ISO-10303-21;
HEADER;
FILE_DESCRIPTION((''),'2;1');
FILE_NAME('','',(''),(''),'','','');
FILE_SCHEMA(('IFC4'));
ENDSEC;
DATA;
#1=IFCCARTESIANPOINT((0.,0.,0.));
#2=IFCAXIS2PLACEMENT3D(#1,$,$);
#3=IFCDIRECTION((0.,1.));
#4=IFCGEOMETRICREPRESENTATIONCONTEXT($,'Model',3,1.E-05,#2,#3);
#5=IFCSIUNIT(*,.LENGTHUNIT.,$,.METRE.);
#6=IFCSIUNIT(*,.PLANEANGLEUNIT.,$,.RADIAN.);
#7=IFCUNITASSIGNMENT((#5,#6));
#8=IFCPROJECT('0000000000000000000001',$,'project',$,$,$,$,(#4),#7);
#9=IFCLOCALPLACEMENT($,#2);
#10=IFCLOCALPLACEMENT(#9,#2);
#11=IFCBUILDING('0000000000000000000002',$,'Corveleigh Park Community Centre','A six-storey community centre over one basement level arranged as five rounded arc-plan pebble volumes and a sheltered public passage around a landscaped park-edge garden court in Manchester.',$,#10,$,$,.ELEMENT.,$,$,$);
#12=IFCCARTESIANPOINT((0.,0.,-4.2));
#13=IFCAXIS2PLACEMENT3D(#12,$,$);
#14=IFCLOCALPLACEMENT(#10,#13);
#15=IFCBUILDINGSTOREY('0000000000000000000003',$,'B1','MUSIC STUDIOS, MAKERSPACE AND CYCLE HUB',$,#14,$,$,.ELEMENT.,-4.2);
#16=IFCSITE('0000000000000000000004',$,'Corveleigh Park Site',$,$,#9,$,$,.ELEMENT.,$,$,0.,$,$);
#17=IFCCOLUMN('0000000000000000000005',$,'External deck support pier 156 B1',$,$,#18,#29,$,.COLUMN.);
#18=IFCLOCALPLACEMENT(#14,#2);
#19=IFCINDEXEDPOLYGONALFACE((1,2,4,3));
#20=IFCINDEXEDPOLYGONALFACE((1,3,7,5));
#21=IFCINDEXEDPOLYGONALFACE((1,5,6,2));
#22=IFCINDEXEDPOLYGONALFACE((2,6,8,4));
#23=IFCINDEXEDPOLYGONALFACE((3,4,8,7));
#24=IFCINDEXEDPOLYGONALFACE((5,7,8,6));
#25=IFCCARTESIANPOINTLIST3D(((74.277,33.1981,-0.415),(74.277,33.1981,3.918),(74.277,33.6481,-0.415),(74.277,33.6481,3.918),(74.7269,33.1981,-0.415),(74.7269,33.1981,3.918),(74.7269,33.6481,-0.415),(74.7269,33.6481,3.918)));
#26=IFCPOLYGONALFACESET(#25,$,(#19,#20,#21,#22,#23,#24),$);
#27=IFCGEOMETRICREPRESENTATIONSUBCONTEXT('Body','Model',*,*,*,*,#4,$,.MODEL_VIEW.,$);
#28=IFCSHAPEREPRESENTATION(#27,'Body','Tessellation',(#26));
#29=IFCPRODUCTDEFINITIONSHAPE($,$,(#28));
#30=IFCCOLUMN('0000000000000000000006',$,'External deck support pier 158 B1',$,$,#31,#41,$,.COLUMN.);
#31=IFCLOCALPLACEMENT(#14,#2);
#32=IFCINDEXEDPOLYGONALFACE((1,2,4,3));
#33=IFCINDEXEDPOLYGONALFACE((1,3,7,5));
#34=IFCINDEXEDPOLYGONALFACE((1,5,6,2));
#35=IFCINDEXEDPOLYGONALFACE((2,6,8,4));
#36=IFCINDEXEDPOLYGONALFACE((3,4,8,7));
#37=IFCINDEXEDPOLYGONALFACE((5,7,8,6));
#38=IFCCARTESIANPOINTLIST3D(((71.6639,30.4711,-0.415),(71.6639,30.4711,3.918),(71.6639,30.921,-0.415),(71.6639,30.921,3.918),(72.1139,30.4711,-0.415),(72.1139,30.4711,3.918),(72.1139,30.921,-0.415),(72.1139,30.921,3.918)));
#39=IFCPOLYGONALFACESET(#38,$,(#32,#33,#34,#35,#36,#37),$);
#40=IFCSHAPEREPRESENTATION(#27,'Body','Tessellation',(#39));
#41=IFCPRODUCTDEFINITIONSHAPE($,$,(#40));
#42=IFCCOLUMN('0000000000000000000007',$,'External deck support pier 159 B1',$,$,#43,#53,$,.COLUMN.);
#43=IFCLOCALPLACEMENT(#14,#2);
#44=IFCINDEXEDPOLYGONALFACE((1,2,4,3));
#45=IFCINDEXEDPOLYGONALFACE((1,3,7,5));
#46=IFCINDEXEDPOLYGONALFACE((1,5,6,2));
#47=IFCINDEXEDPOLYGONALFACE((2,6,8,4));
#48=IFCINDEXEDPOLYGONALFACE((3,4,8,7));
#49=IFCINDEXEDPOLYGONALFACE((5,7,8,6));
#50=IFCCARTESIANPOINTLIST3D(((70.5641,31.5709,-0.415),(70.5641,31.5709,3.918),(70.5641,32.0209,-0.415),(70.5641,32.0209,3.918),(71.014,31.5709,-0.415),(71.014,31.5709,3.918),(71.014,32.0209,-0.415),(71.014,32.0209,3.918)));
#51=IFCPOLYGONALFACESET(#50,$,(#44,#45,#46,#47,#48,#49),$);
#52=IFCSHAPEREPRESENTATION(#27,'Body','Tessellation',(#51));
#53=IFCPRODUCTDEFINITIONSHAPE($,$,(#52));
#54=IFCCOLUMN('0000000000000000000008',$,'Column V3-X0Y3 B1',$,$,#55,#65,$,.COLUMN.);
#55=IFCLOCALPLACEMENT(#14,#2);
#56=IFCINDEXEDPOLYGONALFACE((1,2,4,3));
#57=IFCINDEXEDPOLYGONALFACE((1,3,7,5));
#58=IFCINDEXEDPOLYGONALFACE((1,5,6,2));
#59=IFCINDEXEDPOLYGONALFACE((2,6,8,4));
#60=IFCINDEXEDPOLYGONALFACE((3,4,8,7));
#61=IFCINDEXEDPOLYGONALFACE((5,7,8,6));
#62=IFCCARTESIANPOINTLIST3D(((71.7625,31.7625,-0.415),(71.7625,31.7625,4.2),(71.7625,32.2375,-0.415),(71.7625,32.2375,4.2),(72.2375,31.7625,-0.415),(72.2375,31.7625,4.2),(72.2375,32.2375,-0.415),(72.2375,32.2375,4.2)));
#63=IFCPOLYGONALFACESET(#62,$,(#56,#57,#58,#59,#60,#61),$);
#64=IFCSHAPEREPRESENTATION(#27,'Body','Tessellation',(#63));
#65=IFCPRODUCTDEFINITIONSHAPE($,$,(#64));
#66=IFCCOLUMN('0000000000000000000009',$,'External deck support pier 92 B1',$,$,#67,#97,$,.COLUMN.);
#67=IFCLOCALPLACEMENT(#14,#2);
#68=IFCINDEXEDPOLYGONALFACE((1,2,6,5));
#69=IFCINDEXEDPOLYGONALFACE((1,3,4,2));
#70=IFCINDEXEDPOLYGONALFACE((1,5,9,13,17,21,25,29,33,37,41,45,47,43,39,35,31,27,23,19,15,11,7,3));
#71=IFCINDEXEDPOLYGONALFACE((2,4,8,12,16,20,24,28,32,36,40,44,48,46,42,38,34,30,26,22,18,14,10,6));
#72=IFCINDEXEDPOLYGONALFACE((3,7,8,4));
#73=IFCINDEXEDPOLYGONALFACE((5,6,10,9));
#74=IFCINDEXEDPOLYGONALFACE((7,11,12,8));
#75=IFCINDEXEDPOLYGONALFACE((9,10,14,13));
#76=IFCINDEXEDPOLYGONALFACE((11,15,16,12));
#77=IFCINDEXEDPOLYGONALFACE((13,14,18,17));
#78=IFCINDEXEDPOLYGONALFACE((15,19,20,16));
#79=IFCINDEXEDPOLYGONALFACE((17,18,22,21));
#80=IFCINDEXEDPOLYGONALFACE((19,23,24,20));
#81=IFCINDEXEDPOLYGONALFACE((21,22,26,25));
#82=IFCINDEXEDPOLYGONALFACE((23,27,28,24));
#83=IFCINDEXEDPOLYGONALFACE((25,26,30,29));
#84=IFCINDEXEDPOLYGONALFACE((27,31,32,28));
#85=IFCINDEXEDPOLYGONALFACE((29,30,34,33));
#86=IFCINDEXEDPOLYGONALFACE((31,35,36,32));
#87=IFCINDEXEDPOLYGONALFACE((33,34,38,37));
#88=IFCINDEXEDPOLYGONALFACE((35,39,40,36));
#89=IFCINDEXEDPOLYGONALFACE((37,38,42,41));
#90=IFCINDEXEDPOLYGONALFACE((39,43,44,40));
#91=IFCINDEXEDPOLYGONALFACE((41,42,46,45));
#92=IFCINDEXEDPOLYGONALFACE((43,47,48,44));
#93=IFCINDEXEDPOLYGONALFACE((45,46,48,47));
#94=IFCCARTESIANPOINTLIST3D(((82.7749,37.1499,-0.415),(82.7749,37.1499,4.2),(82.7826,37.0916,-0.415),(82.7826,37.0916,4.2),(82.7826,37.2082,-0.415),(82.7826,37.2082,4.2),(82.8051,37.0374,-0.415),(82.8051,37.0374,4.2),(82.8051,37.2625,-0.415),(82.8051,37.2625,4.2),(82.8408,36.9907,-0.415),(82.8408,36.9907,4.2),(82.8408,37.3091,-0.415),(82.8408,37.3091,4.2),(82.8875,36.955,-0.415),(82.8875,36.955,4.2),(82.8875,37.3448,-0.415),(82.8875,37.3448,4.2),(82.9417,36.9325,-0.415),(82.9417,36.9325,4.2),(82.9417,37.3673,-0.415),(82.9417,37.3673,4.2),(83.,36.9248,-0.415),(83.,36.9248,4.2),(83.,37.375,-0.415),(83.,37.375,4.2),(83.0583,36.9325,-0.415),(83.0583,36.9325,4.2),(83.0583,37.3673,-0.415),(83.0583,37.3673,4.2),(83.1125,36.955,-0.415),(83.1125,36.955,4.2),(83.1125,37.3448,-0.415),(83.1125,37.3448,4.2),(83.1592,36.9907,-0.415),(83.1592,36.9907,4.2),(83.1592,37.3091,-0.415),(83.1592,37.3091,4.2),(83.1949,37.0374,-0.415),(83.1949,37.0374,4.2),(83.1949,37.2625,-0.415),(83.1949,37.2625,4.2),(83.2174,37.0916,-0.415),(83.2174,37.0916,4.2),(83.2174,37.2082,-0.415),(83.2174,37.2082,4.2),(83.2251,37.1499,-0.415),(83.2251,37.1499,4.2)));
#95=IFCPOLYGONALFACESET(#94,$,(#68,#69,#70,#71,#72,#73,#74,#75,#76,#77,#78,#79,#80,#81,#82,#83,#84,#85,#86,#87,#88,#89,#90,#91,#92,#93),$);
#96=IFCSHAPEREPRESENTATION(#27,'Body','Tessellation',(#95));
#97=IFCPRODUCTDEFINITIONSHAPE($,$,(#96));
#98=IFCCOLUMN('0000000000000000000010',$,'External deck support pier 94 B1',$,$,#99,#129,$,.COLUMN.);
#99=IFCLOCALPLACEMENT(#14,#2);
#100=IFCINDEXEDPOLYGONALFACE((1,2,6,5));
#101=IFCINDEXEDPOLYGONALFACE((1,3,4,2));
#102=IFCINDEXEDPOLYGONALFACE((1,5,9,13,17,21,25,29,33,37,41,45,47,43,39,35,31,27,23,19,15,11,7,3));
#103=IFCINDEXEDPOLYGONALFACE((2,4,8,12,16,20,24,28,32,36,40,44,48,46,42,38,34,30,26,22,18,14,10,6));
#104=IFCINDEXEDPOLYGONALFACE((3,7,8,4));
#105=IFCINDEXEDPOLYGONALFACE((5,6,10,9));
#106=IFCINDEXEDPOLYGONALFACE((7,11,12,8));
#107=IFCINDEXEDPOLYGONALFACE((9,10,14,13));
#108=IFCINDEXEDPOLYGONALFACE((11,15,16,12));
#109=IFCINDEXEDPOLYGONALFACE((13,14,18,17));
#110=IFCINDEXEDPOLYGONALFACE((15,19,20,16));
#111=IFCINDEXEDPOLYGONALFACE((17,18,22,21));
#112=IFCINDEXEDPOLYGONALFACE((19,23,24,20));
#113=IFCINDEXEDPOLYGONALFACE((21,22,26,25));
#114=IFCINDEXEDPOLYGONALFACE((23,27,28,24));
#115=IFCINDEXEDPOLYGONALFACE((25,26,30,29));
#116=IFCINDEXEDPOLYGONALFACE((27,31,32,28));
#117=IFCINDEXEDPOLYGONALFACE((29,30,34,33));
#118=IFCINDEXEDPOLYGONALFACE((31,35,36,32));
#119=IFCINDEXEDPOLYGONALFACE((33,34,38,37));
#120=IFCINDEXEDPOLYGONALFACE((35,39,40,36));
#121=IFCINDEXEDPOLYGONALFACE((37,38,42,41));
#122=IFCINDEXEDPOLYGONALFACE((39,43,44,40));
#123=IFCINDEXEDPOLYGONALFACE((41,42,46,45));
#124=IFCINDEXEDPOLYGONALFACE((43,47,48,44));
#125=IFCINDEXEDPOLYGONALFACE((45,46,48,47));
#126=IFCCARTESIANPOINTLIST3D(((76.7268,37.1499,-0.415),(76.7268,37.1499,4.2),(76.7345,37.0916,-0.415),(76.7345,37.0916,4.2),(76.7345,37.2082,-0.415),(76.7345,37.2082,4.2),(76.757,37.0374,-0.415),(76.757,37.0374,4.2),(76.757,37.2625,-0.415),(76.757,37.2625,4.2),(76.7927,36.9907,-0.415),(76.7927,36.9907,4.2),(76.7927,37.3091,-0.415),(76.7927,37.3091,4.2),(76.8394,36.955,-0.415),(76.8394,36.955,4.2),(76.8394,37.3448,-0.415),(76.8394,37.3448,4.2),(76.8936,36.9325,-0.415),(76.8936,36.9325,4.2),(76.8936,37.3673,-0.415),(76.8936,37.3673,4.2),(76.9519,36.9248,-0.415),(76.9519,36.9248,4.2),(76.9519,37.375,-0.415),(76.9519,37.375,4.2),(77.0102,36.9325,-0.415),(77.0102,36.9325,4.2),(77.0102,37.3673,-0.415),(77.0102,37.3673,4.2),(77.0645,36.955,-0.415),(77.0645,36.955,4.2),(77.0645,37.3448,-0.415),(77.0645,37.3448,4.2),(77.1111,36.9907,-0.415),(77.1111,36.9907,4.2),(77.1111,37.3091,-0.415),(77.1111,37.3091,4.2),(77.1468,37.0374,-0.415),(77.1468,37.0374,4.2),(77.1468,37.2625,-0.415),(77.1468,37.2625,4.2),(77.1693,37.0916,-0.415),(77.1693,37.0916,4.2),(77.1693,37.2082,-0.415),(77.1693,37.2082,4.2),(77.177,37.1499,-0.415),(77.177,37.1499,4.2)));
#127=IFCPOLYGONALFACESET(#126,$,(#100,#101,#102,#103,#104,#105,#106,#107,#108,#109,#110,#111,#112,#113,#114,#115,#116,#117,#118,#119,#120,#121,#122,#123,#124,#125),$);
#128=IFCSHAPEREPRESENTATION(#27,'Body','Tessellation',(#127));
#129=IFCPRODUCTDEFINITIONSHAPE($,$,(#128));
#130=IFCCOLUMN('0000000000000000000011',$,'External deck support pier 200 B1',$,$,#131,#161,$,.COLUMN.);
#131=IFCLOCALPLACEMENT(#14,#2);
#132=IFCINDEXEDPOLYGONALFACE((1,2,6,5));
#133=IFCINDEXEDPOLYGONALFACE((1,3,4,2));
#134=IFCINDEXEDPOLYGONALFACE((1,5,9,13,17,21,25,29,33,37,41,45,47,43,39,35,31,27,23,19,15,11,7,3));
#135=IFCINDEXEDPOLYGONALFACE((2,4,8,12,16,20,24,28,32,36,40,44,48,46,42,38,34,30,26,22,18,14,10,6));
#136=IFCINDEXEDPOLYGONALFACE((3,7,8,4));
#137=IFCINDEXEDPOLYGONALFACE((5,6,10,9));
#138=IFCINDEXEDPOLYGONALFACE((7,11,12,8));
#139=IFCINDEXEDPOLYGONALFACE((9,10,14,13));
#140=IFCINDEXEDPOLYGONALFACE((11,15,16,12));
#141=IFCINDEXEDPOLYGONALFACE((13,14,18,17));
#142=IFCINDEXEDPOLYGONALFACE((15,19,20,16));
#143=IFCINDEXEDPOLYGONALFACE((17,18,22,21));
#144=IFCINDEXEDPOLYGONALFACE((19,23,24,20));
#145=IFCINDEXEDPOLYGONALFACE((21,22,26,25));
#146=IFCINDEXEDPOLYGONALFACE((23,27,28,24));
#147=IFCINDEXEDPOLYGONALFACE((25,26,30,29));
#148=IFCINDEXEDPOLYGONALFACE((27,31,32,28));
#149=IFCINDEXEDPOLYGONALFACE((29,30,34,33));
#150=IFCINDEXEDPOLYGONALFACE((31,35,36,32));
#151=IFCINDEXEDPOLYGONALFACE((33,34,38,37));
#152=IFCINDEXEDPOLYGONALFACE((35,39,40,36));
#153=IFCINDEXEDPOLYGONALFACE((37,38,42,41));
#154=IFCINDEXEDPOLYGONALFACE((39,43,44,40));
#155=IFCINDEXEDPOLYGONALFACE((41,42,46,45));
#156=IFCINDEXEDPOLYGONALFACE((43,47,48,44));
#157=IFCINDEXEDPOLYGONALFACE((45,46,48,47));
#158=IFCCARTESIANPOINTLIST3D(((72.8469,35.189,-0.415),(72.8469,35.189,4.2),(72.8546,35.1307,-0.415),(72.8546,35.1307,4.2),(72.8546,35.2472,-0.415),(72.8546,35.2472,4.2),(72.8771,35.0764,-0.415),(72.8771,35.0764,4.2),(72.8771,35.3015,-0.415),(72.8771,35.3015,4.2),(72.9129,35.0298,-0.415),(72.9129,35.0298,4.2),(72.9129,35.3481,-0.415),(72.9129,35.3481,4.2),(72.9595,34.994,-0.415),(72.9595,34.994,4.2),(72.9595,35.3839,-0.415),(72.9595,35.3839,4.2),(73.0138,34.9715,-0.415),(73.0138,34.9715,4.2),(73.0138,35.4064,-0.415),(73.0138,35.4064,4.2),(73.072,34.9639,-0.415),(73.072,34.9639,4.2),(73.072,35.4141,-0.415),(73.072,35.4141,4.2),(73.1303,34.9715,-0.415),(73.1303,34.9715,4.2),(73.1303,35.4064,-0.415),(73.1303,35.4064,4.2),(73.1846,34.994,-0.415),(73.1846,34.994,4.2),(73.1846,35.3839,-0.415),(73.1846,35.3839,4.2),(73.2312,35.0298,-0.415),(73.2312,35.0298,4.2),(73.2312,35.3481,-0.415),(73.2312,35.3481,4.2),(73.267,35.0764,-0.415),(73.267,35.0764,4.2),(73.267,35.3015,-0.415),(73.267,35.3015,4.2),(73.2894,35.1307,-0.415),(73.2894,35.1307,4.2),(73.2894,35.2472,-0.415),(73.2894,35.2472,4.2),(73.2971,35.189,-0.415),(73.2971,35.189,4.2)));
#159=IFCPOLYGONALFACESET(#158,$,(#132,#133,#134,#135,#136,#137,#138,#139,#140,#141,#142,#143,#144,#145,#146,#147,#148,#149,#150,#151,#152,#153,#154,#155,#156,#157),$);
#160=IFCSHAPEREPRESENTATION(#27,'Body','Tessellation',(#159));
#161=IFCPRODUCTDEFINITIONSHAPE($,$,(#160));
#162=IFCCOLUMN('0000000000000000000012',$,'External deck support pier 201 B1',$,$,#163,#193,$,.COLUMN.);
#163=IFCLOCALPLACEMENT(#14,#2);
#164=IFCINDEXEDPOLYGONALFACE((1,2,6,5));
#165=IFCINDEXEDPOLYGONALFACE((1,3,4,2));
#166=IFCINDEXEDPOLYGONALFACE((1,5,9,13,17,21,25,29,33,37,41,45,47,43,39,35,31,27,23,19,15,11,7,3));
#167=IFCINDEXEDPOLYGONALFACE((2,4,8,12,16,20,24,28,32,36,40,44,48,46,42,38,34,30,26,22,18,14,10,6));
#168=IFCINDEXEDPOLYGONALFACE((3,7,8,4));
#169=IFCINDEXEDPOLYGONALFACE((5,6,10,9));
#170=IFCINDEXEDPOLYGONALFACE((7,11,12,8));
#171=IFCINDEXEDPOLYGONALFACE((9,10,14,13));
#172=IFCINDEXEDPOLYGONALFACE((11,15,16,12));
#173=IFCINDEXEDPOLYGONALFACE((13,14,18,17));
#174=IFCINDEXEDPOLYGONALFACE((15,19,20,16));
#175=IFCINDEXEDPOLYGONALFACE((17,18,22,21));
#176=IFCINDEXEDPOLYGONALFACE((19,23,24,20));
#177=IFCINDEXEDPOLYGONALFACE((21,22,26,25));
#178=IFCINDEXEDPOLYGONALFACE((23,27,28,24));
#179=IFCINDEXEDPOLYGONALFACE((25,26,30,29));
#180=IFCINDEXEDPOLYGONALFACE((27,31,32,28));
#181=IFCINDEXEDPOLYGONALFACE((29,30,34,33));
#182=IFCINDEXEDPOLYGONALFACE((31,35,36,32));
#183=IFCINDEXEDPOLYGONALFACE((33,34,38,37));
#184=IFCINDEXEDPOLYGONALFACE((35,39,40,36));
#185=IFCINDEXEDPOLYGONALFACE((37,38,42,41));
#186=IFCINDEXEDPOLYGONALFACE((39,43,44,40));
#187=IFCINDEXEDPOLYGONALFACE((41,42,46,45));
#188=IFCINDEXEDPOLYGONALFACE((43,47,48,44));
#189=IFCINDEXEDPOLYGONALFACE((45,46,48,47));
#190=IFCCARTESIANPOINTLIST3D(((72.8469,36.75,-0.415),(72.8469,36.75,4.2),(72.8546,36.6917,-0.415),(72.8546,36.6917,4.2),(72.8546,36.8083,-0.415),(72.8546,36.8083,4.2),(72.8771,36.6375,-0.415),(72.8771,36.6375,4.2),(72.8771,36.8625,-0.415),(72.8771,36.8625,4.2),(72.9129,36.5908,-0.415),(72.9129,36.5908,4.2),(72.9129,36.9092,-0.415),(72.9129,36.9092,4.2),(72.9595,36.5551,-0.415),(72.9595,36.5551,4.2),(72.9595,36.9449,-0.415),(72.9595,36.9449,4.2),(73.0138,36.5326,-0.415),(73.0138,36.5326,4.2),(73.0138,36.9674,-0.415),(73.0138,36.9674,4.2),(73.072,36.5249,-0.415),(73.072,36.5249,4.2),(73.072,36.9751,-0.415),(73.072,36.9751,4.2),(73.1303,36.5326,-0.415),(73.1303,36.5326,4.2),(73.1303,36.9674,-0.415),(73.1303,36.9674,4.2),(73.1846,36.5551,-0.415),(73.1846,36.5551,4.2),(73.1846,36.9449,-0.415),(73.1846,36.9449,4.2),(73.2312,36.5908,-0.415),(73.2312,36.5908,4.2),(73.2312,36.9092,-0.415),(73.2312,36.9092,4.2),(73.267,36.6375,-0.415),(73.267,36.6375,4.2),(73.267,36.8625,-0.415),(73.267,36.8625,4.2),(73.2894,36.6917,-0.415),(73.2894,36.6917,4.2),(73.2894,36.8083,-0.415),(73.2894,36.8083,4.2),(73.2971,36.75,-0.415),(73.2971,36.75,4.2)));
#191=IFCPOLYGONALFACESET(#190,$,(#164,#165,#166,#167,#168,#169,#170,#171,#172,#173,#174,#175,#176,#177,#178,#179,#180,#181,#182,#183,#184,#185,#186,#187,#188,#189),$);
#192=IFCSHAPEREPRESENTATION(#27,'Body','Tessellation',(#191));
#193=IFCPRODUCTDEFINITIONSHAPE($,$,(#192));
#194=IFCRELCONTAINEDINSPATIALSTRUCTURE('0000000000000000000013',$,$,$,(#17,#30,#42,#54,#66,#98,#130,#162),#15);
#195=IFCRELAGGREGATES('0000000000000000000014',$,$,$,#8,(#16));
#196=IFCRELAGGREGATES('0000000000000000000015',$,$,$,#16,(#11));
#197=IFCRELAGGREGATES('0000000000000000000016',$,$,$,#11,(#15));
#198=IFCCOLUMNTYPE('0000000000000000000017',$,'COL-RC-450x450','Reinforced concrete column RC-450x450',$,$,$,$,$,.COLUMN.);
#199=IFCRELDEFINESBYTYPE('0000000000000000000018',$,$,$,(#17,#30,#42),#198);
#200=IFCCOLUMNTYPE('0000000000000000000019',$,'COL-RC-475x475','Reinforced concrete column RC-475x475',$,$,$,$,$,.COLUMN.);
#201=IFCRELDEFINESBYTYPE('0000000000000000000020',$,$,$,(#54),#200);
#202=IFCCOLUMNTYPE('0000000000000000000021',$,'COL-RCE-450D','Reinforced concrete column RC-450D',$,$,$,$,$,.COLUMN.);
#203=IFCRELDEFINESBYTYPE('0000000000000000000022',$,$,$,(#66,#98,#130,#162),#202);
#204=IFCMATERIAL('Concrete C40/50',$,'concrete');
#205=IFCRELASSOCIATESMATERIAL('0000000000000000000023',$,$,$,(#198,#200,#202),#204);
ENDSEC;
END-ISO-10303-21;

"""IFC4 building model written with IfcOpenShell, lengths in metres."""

from ifc_helpers import new_model, si_unit, direction, frame, origin, origin_2d, place, context, subcontext, project, spatial, rectangle, circle, extrude, material, material_profile, profile_set, type_object, element, save


model = new_model("IFC4")

# Units and contexts
model_context = context("Model", 3, precision=1e-05, world=origin(), true_north=direction((0.0, 1.0)))
body_context = subcontext(model_context, "Body", "Model", "MODEL_VIEW")
ifc_project = project(units=[si_unit("LENGTHUNIT", "METRE"), si_unit("PLANEANGLEUNIT", "RADIAN")], contexts=[model_context])

# Site, building, storey
site_placement = place(None, origin())
site = spatial("IfcSite", under=ifc_project, at=site_placement, Name="Corveleigh Park Site", CompositionType="ELEMENT", RefElevation=0.0)
building_placement = place(site_placement, origin())
building = spatial("IfcBuilding", under=site, at=building_placement, Name="Corveleigh Park Community Centre", Description="A six-storey community centre over one basement level arranged as five rounded arc-plan pebble volumes and a sheltered public passage around a landscaped park-edge garden court in Manchester.", CompositionType="ELEMENT")
storey_placement = place(building_placement, frame((0.0, 0.0, -4.2)))
storey = spatial("IfcBuildingStorey", under=building, at=storey_placement, Name="B1", Description="MUSIC STUDIOS, MAKERSPACE AND CYCLE HUB", CompositionType="ELEMENT", Elevation=-4.2)

# Shared definitions
ifc_material_1 = material(Name="Concrete C40/50", Category="concrete")

# Columns
ifc_material_profile_1 = material_profile(ifc_material_1, rectangle(XDim=0.45, YDim=0.45, at=origin_2d()), Name="RC-450x450", Category="concrete")
ifc_profile_set_1 = profile_set([ifc_material_profile_1], Name="Concrete C40/50")
column_type_1 = type_object("IfcColumnType", Name="COL-RC-450x450", Description="Reinforced concrete column RC-450x450", PredefinedType="COLUMN", material=ifc_profile_set_1)
for number, where, z_axis, x_axis, name in (
    (1, (74.502, 33.4231, -0.415), (0.0, 0.0, 1.0), (1.0, 0.0, 0.0), "External deck support pier 156 B1"),
    (2, (71.8889, 30.696, -0.415), (0.0, 0.0, 1.0), (1.0, 0.0, 0.0), "External deck support pier 158 B1"),
    (3, (70.7891, 31.7959, -0.415), (0.0, 0.0, 1.0), (1.0, 0.0, 0.0), "External deck support pier 159 B1"),
):
    element("IfcColumn", number, at=place(storey_placement, frame(where, z_axis=z_axis, x_axis=x_axis)), inside=storey, type_object=column_type_1, Name=name, PredefinedType="COLUMN", context=body_context, shape_type="SweptSolid", body=[
        extrude(rectangle(XDim=0.45, YDim=0.45, at=origin_2d()), origin(), (0.0, 0.0, 1.0), 4.333),
    ])
ifc_material_profile_2 = material_profile(ifc_material_1, rectangle(XDim=0.4751, YDim=0.4751, at=origin_2d()), Name="RC-475x475", Category="concrete")
ifc_profile_set_2 = profile_set([ifc_material_profile_2], Name="Concrete C40/50")
column_type_2 = type_object("IfcColumnType", Name="COL-RC-475x475", Description="Reinforced concrete column RC-475x475", PredefinedType="COLUMN", material=ifc_profile_set_2)
column_1_placement = place(storey_placement, frame((72.0, 32.0, -0.415), z_axis=(0.0, 0.0, 1.0), x_axis=(1.0, 0.0, 0.0)))
element("IfcColumn", 4, at=column_1_placement, inside=storey, type_object=column_type_2, Name="Column V3-X0Y3 B1", PredefinedType="COLUMN", context=body_context, shape_type="SweptSolid", body=[
    extrude(rectangle(XDim=0.4751, YDim=0.4751, at=origin_2d()), origin(), (0.0, 0.0, 1.0), 4.615),
])
ifc_material_profile_3 = material_profile(ifc_material_1, circle(Radius=0.2251, at=origin_2d()), Name="RC-450D", Category="concrete")
ifc_profile_set_3 = profile_set([ifc_material_profile_3], Name="Concrete C40/50")
column_type_3 = type_object("IfcColumnType", Name="COL-RCE-450D", Description="Reinforced concrete column RC-450D", PredefinedType="COLUMN", material=ifc_profile_set_3)
for number, where, z_axis, x_axis, name in (
    (5, (83.0, 37.1499, -0.415), (0.0, 0.0, 1.0), (1.0, 0.0, 0.0), "External deck support pier 92 B1"),
    (6, (76.9519, 37.1499, -0.415), (0.0, 0.0, 1.0), (1.0, 0.0, 0.0), "External deck support pier 94 B1"),
    (7, (73.072, 35.189, -0.415), (0.0, 0.0, 1.0), (1.0, 0.0, 0.0), "External deck support pier 200 B1"),
    (8, (73.072, 36.75, -0.415), (0.0, 0.0, 1.0), (1.0, 0.0, 0.0), "External deck support pier 201 B1"),
):
    element("IfcColumn", number, at=place(storey_placement, frame(where, z_axis=z_axis, x_axis=x_axis)), inside=storey, type_object=column_type_3, Name=name, PredefinedType="COLUMN", context=body_context, shape_type="SweptSolid", body=[
        extrude(circle(Radius=0.2251, at=origin_2d()), origin(), (0.0, 0.0, 1.0), 4.615),
    ])

save(model, "model.ifc")
